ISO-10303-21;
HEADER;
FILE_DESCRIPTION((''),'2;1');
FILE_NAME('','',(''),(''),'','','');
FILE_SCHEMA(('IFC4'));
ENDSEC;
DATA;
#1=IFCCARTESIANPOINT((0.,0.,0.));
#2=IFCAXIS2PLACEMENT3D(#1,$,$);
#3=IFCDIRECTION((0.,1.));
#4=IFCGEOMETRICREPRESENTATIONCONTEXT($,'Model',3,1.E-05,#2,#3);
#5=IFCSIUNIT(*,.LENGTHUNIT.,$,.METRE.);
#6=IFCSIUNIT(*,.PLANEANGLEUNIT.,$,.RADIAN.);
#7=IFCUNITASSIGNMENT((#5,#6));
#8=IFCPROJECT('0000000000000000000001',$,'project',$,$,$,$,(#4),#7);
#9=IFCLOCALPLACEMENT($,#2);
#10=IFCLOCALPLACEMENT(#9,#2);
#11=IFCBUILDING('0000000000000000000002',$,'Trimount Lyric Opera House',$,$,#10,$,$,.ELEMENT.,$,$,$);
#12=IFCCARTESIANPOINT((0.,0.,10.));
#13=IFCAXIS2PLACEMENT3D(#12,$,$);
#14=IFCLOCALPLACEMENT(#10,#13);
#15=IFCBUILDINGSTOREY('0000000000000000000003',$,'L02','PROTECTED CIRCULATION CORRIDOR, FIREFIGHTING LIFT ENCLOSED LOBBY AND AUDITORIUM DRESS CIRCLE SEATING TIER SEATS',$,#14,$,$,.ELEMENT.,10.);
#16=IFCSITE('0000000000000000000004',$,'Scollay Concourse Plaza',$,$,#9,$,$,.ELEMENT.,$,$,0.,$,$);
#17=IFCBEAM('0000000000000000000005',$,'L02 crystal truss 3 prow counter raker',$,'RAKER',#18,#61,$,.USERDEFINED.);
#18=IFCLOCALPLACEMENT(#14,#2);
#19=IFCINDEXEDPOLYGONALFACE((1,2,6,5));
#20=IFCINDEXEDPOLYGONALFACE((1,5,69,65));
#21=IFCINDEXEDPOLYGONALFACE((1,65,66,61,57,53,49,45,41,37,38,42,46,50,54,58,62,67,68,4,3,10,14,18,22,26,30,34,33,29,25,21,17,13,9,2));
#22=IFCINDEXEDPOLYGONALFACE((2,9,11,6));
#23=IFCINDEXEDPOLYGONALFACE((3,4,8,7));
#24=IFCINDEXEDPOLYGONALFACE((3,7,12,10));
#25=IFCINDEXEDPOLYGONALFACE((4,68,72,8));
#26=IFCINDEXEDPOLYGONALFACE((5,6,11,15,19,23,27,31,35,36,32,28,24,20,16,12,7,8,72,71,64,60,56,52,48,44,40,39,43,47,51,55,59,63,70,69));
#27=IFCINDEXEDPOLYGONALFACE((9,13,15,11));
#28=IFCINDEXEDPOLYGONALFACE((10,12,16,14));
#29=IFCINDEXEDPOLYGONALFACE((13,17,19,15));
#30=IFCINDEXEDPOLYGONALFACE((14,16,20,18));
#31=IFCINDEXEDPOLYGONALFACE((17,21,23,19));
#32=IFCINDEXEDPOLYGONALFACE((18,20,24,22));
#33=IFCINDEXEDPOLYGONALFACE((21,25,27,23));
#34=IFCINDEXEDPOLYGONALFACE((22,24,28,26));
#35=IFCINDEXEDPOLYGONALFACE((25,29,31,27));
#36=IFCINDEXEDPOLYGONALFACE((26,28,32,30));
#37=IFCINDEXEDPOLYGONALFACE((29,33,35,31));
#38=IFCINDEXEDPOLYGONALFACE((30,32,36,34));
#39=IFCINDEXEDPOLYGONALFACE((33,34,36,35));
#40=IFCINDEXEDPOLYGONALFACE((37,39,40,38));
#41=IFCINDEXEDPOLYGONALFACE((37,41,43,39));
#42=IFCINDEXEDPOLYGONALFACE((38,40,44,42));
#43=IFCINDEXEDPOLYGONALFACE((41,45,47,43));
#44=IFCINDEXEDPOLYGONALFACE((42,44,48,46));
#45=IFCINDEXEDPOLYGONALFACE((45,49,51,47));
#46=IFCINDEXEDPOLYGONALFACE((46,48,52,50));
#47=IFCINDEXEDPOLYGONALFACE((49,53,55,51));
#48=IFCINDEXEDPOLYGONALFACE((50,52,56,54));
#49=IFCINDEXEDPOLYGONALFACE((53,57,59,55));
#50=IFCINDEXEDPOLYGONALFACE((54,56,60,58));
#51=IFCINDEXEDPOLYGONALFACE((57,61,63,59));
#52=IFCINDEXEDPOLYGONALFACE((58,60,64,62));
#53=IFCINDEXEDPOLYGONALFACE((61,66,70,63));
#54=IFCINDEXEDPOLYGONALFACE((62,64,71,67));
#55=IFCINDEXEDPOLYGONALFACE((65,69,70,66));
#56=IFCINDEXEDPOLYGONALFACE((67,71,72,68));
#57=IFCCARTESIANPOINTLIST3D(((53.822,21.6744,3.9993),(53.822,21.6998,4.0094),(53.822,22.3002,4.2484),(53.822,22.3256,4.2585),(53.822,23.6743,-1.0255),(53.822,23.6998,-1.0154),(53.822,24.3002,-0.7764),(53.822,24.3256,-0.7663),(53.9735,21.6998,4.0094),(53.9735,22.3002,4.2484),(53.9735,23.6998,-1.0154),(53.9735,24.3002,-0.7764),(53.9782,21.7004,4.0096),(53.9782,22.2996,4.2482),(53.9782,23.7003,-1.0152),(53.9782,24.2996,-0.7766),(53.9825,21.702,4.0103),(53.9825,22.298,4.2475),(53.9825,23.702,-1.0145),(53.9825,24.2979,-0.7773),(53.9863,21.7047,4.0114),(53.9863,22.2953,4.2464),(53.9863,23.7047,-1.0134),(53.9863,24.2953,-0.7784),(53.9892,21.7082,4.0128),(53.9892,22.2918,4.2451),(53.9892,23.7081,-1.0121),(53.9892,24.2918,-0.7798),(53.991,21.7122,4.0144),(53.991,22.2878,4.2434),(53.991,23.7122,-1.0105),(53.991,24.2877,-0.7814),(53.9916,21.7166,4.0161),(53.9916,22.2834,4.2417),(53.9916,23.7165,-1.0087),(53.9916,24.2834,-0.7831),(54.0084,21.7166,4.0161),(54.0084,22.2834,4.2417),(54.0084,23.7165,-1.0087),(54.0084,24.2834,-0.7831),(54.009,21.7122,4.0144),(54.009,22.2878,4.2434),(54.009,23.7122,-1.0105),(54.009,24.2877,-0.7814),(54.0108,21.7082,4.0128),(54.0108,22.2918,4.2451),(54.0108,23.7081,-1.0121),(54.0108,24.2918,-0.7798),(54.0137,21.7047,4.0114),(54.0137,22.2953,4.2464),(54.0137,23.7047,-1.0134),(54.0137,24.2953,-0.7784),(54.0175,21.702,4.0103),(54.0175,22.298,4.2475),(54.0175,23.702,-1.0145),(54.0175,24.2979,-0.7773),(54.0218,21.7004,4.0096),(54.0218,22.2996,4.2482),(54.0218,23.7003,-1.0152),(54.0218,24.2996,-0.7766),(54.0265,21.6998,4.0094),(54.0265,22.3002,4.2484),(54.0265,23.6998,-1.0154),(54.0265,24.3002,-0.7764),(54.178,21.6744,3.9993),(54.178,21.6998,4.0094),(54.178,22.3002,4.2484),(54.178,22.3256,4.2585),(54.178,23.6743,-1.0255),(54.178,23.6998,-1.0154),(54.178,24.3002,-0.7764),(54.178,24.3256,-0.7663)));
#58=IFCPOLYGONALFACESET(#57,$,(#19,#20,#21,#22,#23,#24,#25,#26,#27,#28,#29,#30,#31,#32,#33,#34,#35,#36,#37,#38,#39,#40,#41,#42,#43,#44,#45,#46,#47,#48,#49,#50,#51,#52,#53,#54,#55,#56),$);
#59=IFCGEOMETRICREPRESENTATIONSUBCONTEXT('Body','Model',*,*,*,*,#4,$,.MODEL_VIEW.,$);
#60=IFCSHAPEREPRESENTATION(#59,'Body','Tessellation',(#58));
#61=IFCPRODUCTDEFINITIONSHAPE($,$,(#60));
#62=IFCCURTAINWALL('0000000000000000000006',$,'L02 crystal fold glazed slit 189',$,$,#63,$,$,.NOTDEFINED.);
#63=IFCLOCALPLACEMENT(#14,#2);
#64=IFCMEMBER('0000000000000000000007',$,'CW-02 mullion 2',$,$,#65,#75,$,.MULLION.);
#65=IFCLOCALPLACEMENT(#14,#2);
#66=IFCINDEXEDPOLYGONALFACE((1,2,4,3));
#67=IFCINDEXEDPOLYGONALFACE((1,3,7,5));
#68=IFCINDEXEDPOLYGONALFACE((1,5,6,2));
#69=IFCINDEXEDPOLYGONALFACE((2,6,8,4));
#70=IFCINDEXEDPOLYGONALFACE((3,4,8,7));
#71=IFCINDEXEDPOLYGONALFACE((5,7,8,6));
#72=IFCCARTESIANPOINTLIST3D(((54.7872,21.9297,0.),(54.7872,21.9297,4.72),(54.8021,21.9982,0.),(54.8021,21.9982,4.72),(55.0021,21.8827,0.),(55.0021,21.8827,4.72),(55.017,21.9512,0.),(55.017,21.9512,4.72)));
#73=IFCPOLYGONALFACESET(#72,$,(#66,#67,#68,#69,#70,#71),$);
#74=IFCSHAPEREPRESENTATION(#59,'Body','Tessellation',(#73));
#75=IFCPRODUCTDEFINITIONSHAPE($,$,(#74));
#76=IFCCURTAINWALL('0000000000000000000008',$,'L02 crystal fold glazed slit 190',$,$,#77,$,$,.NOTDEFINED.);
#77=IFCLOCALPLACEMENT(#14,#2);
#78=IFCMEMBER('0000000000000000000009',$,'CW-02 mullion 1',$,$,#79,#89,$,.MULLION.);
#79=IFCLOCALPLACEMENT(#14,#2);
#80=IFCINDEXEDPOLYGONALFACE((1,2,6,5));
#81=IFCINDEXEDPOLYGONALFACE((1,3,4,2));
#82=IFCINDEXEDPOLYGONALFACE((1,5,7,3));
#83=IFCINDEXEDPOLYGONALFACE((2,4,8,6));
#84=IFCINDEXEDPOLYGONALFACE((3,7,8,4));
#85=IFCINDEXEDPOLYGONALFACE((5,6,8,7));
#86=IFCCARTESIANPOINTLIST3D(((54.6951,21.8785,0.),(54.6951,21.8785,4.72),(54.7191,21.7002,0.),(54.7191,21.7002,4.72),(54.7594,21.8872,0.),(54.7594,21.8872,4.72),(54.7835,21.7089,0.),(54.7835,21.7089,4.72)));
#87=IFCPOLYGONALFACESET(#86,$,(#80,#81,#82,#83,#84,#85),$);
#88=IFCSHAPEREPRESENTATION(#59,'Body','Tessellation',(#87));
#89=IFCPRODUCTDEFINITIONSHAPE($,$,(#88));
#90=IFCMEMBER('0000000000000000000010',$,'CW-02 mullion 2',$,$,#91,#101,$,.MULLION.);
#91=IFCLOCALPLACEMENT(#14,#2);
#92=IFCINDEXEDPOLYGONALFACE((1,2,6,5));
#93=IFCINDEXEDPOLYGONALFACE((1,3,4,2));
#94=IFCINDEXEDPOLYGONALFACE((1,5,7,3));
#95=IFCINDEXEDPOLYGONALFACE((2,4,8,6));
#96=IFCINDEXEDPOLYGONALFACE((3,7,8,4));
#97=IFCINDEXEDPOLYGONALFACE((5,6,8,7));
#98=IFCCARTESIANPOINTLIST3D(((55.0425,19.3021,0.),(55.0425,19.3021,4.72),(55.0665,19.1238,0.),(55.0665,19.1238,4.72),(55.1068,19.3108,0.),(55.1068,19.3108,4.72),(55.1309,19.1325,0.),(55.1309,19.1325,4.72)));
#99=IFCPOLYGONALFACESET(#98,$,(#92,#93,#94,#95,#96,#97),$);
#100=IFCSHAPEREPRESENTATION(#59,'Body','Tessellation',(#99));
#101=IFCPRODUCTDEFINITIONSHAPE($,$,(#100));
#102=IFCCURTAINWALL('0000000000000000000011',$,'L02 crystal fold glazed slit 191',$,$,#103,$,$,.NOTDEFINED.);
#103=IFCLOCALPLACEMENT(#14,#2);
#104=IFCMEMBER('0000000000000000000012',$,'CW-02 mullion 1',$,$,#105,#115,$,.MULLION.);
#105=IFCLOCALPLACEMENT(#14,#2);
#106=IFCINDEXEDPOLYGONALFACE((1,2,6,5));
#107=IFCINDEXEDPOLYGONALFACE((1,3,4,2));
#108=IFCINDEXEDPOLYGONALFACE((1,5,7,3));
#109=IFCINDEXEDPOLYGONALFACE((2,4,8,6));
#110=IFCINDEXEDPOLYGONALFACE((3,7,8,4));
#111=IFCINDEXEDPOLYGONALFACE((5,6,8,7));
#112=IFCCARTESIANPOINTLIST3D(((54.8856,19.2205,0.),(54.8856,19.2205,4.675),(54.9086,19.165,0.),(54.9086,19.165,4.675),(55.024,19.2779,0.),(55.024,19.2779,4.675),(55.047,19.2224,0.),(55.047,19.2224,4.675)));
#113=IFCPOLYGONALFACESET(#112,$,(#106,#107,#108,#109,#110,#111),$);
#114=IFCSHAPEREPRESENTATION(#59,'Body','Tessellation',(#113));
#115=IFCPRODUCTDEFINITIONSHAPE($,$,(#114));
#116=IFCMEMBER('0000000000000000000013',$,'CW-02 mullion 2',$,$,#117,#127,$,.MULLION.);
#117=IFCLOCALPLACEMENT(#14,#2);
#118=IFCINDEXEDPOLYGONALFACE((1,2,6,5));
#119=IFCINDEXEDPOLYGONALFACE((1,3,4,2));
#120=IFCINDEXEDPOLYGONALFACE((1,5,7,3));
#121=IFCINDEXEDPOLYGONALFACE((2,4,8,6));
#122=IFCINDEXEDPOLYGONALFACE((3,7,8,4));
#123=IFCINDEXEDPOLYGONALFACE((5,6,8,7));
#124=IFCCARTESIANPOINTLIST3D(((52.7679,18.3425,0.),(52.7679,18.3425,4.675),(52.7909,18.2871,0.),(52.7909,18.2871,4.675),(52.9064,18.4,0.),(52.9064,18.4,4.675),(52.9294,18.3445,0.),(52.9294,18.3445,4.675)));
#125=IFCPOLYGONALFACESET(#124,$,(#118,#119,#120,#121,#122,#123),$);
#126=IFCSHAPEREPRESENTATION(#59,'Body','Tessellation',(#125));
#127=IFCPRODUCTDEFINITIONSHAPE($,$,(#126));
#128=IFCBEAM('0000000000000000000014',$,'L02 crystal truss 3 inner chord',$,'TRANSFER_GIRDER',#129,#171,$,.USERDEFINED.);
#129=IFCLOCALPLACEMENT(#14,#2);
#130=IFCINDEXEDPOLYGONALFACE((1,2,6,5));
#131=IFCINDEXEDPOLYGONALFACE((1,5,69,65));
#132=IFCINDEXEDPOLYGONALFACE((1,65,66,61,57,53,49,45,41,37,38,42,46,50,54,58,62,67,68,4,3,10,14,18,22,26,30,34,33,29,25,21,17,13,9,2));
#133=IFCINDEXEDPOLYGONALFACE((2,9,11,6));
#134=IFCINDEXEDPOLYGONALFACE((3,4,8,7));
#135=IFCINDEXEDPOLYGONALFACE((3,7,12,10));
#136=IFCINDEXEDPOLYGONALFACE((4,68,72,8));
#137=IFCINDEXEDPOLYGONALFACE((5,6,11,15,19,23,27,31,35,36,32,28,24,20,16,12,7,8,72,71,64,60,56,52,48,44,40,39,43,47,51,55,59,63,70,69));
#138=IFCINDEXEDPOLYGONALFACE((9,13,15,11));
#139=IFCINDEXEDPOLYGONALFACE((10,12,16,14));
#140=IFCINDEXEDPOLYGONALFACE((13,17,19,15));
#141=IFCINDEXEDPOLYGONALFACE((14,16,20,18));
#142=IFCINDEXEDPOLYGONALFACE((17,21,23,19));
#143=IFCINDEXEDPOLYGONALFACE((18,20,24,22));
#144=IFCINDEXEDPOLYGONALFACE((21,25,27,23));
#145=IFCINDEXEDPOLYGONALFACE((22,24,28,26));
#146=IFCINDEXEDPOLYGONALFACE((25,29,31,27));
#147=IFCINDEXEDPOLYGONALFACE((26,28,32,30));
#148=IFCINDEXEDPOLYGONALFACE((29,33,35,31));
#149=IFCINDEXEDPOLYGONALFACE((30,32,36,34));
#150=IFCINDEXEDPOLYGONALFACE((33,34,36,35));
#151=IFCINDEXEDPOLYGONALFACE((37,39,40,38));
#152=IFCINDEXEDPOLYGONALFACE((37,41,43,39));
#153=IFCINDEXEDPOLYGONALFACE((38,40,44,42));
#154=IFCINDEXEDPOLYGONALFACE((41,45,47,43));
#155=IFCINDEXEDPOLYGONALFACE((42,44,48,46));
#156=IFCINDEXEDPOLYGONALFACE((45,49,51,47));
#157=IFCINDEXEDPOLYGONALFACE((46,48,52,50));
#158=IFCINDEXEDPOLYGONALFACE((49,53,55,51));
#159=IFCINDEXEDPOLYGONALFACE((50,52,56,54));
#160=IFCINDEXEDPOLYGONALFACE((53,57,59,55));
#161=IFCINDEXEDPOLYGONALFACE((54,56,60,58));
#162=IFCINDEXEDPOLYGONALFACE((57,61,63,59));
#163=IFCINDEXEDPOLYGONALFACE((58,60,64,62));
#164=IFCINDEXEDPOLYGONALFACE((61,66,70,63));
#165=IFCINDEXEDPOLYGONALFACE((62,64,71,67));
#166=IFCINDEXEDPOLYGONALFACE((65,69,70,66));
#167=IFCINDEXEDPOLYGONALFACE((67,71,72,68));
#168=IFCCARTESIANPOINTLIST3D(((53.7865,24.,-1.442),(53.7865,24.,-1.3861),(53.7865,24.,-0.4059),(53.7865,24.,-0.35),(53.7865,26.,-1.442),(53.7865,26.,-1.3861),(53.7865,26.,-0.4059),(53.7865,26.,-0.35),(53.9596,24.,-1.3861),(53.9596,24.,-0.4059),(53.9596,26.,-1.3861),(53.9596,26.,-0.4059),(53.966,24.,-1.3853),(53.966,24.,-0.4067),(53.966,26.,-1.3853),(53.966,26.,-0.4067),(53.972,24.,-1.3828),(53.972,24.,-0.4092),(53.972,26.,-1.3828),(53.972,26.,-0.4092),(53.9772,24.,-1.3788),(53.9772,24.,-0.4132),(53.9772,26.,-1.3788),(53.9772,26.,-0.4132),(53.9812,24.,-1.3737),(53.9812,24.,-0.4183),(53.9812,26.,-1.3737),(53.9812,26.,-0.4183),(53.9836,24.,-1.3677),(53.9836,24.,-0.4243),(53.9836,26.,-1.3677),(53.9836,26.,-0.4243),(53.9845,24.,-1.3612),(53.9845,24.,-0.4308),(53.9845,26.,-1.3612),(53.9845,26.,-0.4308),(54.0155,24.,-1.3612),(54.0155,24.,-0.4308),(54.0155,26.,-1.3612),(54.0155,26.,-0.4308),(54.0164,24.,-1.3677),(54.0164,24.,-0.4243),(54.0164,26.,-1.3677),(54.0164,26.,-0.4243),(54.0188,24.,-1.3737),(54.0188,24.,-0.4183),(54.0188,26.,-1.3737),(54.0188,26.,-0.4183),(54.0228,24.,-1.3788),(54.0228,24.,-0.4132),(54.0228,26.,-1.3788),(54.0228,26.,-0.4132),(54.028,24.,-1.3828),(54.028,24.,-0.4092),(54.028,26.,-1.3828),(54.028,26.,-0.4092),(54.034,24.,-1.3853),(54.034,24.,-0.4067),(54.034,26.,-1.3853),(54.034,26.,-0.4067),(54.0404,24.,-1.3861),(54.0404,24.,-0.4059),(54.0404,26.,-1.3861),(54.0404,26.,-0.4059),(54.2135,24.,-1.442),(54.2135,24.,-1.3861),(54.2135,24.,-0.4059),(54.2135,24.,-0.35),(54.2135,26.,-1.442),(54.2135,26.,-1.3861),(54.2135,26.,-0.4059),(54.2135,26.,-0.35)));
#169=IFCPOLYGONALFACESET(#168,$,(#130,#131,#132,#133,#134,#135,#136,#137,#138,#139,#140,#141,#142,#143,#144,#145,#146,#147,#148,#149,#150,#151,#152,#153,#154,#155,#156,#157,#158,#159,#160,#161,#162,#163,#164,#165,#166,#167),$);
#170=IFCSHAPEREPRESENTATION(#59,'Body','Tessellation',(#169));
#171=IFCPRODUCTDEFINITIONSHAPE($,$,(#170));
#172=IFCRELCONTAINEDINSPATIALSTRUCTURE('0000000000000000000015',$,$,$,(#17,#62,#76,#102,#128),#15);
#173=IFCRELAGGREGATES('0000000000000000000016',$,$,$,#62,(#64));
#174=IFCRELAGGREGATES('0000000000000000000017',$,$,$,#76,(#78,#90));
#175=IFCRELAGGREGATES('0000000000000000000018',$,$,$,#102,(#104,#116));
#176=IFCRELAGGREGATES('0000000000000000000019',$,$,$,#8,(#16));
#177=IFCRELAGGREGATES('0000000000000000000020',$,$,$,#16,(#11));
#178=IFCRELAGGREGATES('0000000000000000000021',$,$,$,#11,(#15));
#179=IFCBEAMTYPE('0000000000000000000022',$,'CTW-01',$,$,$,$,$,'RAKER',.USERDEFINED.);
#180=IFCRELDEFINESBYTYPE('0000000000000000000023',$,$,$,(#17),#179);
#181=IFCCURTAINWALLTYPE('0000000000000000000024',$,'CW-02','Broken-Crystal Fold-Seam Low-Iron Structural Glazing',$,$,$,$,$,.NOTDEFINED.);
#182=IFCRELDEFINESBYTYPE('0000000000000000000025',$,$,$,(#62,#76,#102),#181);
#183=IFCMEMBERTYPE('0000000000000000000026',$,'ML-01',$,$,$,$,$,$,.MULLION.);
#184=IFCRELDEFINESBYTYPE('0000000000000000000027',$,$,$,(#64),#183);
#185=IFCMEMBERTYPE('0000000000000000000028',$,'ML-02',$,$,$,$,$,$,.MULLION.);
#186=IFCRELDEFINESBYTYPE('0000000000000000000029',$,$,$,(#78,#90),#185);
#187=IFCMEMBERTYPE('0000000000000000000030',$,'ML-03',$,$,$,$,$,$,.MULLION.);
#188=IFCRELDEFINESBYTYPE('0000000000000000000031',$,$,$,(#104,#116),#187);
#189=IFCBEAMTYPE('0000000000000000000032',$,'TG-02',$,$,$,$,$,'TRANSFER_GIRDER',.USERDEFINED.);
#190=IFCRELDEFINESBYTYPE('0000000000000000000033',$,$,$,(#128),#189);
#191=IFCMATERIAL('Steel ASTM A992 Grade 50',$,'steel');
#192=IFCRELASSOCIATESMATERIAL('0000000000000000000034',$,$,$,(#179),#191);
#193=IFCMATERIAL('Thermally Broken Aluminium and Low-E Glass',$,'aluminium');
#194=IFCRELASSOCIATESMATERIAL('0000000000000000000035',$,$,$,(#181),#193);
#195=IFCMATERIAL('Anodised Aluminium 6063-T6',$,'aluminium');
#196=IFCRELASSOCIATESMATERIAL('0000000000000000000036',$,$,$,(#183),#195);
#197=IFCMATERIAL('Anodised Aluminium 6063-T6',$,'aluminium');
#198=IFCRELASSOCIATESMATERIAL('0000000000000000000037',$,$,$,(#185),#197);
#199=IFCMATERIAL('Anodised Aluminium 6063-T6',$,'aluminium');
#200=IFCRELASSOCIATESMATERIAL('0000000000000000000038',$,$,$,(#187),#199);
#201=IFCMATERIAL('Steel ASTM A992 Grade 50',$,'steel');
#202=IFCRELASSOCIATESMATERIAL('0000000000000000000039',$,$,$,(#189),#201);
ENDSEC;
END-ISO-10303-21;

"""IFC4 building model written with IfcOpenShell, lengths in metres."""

from ifc_helpers import new_model, si_unit, direction, frame, origin, origin_2d, place, context, subcontext, project, spatial, rectangle, i_section, extrude, material, material_profile, profile_set, type_object, element, aggregate, save


model = new_model("IFC4")

# Units and contexts
model_context = context("Model", 3, precision=1e-05, world=origin(), true_north=direction((0.0, 1.0)))
body_context = subcontext(model_context, "Body", "Model", "MODEL_VIEW")
ifc_project = project(units=[si_unit("LENGTHUNIT", "METRE"), si_unit("PLANEANGLEUNIT", "RADIAN")], contexts=[model_context])

# Site, building, storey
site_placement = place(None, origin())
site = spatial("IfcSite", under=ifc_project, at=site_placement, Name="Scollay Concourse Plaza", CompositionType="ELEMENT", RefElevation=0.0)
building_placement = place(site_placement, origin())
building = spatial("IfcBuilding", under=site, at=building_placement, Name="Trimount Lyric Opera House", CompositionType="ELEMENT")
storey_placement = place(building_placement, frame((0.0, 0.0, 10.0)))
storey = spatial("IfcBuildingStorey", under=building, at=storey_placement, Name="L02", Description="PROTECTED CIRCULATION CORRIDOR, FIREFIGHTING LIFT ENCLOSED LOBBY AND AUDITORIUM DRESS CIRCLE SEATING TIER SEATS", CompositionType="ELEMENT", Elevation=10.0)

# Beam
ifc_material_1 = material(Name="Steel ASTM A992 Grade 50", Category="steel")
ifc_material_profile_1 = material_profile(ifc_material_1, i_section(OverallWidth=0.356, OverallDepth=0.7009, WebThickness=0.0168, FlangeThickness=0.0273, FilletRadius=0.0181, at=origin_2d()), Name="W27X161")
ifc_profile_set_1 = profile_set([ifc_material_profile_1], Name="Steel ASTM A992 Grade 50")
beam_type_1 = type_object("IfcBeamType", Name="CTW-01", ElementType="RAKER", PredefinedType="USERDEFINED", material=ifc_profile_set_1)
for number, where, z_axis, x_axis, name in (
    (1, (54.0, 22.0, 4.1289), (0.0, 0.369802, -0.92911), (-1.0, 0.0, 0.0), "L02 crystal truss 3 prow counter raker"),
):
    element("IfcBeam", number, at=place(storey_placement, frame(where, z_axis=z_axis, x_axis=x_axis)), inside=storey, type_object=beam_type_1, Name=name, ObjectType="RAKER", PredefinedType="USERDEFINED", context=body_context, shape_type="SweptSolid", body=[
        extrude(i_section(OverallWidth=0.356, OverallDepth=0.7009, WebThickness=0.0168, FlangeThickness=0.0273, FilletRadius=0.0181, at=origin_2d()), origin(), (0.0, 0.0, 1.0), 5.4082),
    ])

# Curtain wall, member
ifc_material_2 = material(Name="Thermally Broken Aluminium and Low-E Glass", Category="aluminium")
curtain_wall_type = type_object("IfcCurtainWallType", Name="CW-02", Description="Broken-Crystal Fold-Seam Low-Iron Structural Glazing", PredefinedType="NOTDEFINED", material=ifc_material_2)
curtain_wall_1_placement = place(storey_placement, origin())
curtain_wall_1 = element("IfcCurtainWall", 2, at=curtain_wall_1_placement, inside=storey, type_object=curtain_wall_type, Name="L02 crystal fold glazed slit 189", PredefinedType="NOTDEFINED")
ifc_material_3 = material(Name="Anodised Aluminium 6063-T6", Category="aluminium")
ifc_material_profile_2 = material_profile(ifc_material_3, rectangle(XDim=0.0701, YDim=0.22, at=origin_2d()), Name="ALU-MULL-70X220")
ifc_profile_set_2 = profile_set([ifc_material_profile_2], Name="Anodised Aluminium 6063-T6")
member_type_1 = type_object("IfcMemberType", Name="ML-01", PredefinedType="MULLION", material=ifc_profile_set_2)
member_1_placement = place(storey_placement, frame((54.9021, 21.9404, 0.0), z_axis=(0.0, 0.0, 1.0), x_axis=(-0.213632, -0.976914, 0.0)))
member_1 = element("IfcMember", 3, at=member_1_placement, type_object=member_type_1, Name="CW-02 mullion 2", PredefinedType="MULLION", context=body_context, shape_type="SweptSolid", body=[
    extrude(rectangle(XDim=0.0701, YDim=0.22, at=origin_2d()), origin(), (0.0, 0.0, 1.0), 4.72),
])

# Curtain walls, members
curtain_wall_2_placement = place(storey_placement, origin())
curtain_wall_2 = element("IfcCurtainWall", 4, at=curtain_wall_2_placement, inside=storey, type_object=curtain_wall_type, Name="L02 crystal fold glazed slit 190", PredefinedType="NOTDEFINED")
ifc_material_4 = material(Name="Anodised Aluminium 6063-T6", Category="aluminium")
ifc_material_profile_3 = material_profile(ifc_material_4, rectangle(XDim=0.0649, YDim=0.1799, at=origin_2d()), Name="ALU-MULL-65X180")
ifc_profile_set_3 = profile_set([ifc_material_profile_3], Name="Anodised Aluminium 6063-T6")
member_type_2 = type_object("IfcMemberType", Name="ML-02", PredefinedType="MULLION", material=ifc_profile_set_3)
member_2_placement = place(storey_placement, frame((54.7393, 21.7937, 0.0), z_axis=(0.0, 0.0, 1.0), x_axis=(0.991037, 0.133589, 0.0)))
member_2 = element("IfcMember", 5, at=member_2_placement, type_object=member_type_2, Name="CW-02 mullion 1", PredefinedType="MULLION", context=body_context, shape_type="SweptSolid", body=[
    extrude(rectangle(XDim=0.0649, YDim=0.1799, at=origin_2d()), origin(), (0.0, 0.0, 1.0), 4.72),
])
member_3_placement = place(storey_placement, frame((55.0867, 19.2173, 0.0), z_axis=(0.0, 0.0, 1.0), x_axis=(0.991037, 0.133589, 0.0)))
member_3 = element("IfcMember", 6, at=member_3_placement, type_object=member_type_2, Name="CW-02 mullion 2", PredefinedType="MULLION", context=body_context, shape_type="SweptSolid", body=[
    extrude(rectangle(XDim=0.0649, YDim=0.1799, at=origin_2d()), origin(), (0.0, 0.0, 1.0), 4.72),
])
curtain_wall_3_placement = place(storey_placement, origin())
curtain_wall_3 = element("IfcCurtainWall", 7, at=curtain_wall_3_placement, inside=storey, type_object=curtain_wall_type, Name="L02 crystal fold glazed slit 191", PredefinedType="NOTDEFINED")
ifc_material_5 = material(Name="Anodised Aluminium 6063-T6", Category="aluminium")
ifc_material_profile_4 = material_profile(ifc_material_5, rectangle(XDim=0.0601, YDim=0.1499, at=origin_2d()), Name="ALU-MULL-60X150")
ifc_profile_set_4 = profile_set([ifc_material_profile_4], Name="Anodised Aluminium 6063-T6")
member_type_3 = type_object("IfcMemberType", Name="ML-03", PredefinedType="MULLION", material=ifc_profile_set_4)
member_4_placement = place(storey_placement, frame((54.9663, 19.2214, 0.0), z_axis=(0.0, 0.0, 1.0), x_axis=(0.383015, -0.923742, 0.0)))
member_4 = element("IfcMember", 8, at=member_4_placement, type_object=member_type_3, Name="CW-02 mullion 1", PredefinedType="MULLION", context=body_context, shape_type="SweptSolid", body=[
    extrude(rectangle(XDim=0.0601, YDim=0.1499, at=origin_2d()), origin(), (0.0, 0.0, 1.0), 4.675),
])
member_5_placement = place(storey_placement, frame((52.8486, 18.3435, 0.0), z_axis=(0.0, 0.0, 1.0), x_axis=(0.383015, -0.923742, 0.0)))
member_5 = element("IfcMember", 9, at=member_5_placement, type_object=member_type_3, Name="CW-02 mullion 2", PredefinedType="MULLION", context=body_context, shape_type="SweptSolid", body=[
    extrude(rectangle(XDim=0.0601, YDim=0.1499, at=origin_2d()), origin(), (0.0, 0.0, 1.0), 4.675),
])

# Beam
ifc_material_6 = material(Name="Steel ASTM A992 Grade 50", Category="steel")
ifc_material_profile_5 = material_profile(ifc_material_6, i_section(OverallWidth=0.427, OverallDepth=1.092, WebThickness=0.031, FlangeThickness=0.0559, FilletRadius=0.0249, at=origin_2d()), Name="W40X397")
ifc_profile_set_5 = profile_set([ifc_material_profile_5], Name="Steel ASTM A992 Grade 50")
beam_type_2 = type_object("IfcBeamType", Name="TG-02", ElementType="TRANSFER_GIRDER", PredefinedType="USERDEFINED", material=ifc_profile_set_5)
for number, where, z_axis, x_axis, name in (
    (10, (54.0, 24.0, -0.896), (0.0, 1.0, 0.0), (-1.0, 0.0, 0.0), "L02 crystal truss 3 inner chord"),
):
    element("IfcBeam", number, at=place(storey_placement, frame(where, z_axis=z_axis, x_axis=x_axis)), inside=storey, type_object=beam_type_2, Name=name, ObjectType="TRANSFER_GIRDER", PredefinedType="USERDEFINED", context=body_context, shape_type="SweptSolid", body=[
        extrude(i_section(OverallWidth=0.427, OverallDepth=1.092, WebThickness=0.031, FlangeThickness=0.0559, FilletRadius=0.0249, at=origin_2d()), origin(), (0.0, 0.0, 1.0), 2.0),
    ])

aggregate(curtain_wall_1, [member_1])
aggregate(curtain_wall_2, [member_2, member_3])
aggregate(curtain_wall_3, [member_4, member_5])

save(model, "model.ifc")
